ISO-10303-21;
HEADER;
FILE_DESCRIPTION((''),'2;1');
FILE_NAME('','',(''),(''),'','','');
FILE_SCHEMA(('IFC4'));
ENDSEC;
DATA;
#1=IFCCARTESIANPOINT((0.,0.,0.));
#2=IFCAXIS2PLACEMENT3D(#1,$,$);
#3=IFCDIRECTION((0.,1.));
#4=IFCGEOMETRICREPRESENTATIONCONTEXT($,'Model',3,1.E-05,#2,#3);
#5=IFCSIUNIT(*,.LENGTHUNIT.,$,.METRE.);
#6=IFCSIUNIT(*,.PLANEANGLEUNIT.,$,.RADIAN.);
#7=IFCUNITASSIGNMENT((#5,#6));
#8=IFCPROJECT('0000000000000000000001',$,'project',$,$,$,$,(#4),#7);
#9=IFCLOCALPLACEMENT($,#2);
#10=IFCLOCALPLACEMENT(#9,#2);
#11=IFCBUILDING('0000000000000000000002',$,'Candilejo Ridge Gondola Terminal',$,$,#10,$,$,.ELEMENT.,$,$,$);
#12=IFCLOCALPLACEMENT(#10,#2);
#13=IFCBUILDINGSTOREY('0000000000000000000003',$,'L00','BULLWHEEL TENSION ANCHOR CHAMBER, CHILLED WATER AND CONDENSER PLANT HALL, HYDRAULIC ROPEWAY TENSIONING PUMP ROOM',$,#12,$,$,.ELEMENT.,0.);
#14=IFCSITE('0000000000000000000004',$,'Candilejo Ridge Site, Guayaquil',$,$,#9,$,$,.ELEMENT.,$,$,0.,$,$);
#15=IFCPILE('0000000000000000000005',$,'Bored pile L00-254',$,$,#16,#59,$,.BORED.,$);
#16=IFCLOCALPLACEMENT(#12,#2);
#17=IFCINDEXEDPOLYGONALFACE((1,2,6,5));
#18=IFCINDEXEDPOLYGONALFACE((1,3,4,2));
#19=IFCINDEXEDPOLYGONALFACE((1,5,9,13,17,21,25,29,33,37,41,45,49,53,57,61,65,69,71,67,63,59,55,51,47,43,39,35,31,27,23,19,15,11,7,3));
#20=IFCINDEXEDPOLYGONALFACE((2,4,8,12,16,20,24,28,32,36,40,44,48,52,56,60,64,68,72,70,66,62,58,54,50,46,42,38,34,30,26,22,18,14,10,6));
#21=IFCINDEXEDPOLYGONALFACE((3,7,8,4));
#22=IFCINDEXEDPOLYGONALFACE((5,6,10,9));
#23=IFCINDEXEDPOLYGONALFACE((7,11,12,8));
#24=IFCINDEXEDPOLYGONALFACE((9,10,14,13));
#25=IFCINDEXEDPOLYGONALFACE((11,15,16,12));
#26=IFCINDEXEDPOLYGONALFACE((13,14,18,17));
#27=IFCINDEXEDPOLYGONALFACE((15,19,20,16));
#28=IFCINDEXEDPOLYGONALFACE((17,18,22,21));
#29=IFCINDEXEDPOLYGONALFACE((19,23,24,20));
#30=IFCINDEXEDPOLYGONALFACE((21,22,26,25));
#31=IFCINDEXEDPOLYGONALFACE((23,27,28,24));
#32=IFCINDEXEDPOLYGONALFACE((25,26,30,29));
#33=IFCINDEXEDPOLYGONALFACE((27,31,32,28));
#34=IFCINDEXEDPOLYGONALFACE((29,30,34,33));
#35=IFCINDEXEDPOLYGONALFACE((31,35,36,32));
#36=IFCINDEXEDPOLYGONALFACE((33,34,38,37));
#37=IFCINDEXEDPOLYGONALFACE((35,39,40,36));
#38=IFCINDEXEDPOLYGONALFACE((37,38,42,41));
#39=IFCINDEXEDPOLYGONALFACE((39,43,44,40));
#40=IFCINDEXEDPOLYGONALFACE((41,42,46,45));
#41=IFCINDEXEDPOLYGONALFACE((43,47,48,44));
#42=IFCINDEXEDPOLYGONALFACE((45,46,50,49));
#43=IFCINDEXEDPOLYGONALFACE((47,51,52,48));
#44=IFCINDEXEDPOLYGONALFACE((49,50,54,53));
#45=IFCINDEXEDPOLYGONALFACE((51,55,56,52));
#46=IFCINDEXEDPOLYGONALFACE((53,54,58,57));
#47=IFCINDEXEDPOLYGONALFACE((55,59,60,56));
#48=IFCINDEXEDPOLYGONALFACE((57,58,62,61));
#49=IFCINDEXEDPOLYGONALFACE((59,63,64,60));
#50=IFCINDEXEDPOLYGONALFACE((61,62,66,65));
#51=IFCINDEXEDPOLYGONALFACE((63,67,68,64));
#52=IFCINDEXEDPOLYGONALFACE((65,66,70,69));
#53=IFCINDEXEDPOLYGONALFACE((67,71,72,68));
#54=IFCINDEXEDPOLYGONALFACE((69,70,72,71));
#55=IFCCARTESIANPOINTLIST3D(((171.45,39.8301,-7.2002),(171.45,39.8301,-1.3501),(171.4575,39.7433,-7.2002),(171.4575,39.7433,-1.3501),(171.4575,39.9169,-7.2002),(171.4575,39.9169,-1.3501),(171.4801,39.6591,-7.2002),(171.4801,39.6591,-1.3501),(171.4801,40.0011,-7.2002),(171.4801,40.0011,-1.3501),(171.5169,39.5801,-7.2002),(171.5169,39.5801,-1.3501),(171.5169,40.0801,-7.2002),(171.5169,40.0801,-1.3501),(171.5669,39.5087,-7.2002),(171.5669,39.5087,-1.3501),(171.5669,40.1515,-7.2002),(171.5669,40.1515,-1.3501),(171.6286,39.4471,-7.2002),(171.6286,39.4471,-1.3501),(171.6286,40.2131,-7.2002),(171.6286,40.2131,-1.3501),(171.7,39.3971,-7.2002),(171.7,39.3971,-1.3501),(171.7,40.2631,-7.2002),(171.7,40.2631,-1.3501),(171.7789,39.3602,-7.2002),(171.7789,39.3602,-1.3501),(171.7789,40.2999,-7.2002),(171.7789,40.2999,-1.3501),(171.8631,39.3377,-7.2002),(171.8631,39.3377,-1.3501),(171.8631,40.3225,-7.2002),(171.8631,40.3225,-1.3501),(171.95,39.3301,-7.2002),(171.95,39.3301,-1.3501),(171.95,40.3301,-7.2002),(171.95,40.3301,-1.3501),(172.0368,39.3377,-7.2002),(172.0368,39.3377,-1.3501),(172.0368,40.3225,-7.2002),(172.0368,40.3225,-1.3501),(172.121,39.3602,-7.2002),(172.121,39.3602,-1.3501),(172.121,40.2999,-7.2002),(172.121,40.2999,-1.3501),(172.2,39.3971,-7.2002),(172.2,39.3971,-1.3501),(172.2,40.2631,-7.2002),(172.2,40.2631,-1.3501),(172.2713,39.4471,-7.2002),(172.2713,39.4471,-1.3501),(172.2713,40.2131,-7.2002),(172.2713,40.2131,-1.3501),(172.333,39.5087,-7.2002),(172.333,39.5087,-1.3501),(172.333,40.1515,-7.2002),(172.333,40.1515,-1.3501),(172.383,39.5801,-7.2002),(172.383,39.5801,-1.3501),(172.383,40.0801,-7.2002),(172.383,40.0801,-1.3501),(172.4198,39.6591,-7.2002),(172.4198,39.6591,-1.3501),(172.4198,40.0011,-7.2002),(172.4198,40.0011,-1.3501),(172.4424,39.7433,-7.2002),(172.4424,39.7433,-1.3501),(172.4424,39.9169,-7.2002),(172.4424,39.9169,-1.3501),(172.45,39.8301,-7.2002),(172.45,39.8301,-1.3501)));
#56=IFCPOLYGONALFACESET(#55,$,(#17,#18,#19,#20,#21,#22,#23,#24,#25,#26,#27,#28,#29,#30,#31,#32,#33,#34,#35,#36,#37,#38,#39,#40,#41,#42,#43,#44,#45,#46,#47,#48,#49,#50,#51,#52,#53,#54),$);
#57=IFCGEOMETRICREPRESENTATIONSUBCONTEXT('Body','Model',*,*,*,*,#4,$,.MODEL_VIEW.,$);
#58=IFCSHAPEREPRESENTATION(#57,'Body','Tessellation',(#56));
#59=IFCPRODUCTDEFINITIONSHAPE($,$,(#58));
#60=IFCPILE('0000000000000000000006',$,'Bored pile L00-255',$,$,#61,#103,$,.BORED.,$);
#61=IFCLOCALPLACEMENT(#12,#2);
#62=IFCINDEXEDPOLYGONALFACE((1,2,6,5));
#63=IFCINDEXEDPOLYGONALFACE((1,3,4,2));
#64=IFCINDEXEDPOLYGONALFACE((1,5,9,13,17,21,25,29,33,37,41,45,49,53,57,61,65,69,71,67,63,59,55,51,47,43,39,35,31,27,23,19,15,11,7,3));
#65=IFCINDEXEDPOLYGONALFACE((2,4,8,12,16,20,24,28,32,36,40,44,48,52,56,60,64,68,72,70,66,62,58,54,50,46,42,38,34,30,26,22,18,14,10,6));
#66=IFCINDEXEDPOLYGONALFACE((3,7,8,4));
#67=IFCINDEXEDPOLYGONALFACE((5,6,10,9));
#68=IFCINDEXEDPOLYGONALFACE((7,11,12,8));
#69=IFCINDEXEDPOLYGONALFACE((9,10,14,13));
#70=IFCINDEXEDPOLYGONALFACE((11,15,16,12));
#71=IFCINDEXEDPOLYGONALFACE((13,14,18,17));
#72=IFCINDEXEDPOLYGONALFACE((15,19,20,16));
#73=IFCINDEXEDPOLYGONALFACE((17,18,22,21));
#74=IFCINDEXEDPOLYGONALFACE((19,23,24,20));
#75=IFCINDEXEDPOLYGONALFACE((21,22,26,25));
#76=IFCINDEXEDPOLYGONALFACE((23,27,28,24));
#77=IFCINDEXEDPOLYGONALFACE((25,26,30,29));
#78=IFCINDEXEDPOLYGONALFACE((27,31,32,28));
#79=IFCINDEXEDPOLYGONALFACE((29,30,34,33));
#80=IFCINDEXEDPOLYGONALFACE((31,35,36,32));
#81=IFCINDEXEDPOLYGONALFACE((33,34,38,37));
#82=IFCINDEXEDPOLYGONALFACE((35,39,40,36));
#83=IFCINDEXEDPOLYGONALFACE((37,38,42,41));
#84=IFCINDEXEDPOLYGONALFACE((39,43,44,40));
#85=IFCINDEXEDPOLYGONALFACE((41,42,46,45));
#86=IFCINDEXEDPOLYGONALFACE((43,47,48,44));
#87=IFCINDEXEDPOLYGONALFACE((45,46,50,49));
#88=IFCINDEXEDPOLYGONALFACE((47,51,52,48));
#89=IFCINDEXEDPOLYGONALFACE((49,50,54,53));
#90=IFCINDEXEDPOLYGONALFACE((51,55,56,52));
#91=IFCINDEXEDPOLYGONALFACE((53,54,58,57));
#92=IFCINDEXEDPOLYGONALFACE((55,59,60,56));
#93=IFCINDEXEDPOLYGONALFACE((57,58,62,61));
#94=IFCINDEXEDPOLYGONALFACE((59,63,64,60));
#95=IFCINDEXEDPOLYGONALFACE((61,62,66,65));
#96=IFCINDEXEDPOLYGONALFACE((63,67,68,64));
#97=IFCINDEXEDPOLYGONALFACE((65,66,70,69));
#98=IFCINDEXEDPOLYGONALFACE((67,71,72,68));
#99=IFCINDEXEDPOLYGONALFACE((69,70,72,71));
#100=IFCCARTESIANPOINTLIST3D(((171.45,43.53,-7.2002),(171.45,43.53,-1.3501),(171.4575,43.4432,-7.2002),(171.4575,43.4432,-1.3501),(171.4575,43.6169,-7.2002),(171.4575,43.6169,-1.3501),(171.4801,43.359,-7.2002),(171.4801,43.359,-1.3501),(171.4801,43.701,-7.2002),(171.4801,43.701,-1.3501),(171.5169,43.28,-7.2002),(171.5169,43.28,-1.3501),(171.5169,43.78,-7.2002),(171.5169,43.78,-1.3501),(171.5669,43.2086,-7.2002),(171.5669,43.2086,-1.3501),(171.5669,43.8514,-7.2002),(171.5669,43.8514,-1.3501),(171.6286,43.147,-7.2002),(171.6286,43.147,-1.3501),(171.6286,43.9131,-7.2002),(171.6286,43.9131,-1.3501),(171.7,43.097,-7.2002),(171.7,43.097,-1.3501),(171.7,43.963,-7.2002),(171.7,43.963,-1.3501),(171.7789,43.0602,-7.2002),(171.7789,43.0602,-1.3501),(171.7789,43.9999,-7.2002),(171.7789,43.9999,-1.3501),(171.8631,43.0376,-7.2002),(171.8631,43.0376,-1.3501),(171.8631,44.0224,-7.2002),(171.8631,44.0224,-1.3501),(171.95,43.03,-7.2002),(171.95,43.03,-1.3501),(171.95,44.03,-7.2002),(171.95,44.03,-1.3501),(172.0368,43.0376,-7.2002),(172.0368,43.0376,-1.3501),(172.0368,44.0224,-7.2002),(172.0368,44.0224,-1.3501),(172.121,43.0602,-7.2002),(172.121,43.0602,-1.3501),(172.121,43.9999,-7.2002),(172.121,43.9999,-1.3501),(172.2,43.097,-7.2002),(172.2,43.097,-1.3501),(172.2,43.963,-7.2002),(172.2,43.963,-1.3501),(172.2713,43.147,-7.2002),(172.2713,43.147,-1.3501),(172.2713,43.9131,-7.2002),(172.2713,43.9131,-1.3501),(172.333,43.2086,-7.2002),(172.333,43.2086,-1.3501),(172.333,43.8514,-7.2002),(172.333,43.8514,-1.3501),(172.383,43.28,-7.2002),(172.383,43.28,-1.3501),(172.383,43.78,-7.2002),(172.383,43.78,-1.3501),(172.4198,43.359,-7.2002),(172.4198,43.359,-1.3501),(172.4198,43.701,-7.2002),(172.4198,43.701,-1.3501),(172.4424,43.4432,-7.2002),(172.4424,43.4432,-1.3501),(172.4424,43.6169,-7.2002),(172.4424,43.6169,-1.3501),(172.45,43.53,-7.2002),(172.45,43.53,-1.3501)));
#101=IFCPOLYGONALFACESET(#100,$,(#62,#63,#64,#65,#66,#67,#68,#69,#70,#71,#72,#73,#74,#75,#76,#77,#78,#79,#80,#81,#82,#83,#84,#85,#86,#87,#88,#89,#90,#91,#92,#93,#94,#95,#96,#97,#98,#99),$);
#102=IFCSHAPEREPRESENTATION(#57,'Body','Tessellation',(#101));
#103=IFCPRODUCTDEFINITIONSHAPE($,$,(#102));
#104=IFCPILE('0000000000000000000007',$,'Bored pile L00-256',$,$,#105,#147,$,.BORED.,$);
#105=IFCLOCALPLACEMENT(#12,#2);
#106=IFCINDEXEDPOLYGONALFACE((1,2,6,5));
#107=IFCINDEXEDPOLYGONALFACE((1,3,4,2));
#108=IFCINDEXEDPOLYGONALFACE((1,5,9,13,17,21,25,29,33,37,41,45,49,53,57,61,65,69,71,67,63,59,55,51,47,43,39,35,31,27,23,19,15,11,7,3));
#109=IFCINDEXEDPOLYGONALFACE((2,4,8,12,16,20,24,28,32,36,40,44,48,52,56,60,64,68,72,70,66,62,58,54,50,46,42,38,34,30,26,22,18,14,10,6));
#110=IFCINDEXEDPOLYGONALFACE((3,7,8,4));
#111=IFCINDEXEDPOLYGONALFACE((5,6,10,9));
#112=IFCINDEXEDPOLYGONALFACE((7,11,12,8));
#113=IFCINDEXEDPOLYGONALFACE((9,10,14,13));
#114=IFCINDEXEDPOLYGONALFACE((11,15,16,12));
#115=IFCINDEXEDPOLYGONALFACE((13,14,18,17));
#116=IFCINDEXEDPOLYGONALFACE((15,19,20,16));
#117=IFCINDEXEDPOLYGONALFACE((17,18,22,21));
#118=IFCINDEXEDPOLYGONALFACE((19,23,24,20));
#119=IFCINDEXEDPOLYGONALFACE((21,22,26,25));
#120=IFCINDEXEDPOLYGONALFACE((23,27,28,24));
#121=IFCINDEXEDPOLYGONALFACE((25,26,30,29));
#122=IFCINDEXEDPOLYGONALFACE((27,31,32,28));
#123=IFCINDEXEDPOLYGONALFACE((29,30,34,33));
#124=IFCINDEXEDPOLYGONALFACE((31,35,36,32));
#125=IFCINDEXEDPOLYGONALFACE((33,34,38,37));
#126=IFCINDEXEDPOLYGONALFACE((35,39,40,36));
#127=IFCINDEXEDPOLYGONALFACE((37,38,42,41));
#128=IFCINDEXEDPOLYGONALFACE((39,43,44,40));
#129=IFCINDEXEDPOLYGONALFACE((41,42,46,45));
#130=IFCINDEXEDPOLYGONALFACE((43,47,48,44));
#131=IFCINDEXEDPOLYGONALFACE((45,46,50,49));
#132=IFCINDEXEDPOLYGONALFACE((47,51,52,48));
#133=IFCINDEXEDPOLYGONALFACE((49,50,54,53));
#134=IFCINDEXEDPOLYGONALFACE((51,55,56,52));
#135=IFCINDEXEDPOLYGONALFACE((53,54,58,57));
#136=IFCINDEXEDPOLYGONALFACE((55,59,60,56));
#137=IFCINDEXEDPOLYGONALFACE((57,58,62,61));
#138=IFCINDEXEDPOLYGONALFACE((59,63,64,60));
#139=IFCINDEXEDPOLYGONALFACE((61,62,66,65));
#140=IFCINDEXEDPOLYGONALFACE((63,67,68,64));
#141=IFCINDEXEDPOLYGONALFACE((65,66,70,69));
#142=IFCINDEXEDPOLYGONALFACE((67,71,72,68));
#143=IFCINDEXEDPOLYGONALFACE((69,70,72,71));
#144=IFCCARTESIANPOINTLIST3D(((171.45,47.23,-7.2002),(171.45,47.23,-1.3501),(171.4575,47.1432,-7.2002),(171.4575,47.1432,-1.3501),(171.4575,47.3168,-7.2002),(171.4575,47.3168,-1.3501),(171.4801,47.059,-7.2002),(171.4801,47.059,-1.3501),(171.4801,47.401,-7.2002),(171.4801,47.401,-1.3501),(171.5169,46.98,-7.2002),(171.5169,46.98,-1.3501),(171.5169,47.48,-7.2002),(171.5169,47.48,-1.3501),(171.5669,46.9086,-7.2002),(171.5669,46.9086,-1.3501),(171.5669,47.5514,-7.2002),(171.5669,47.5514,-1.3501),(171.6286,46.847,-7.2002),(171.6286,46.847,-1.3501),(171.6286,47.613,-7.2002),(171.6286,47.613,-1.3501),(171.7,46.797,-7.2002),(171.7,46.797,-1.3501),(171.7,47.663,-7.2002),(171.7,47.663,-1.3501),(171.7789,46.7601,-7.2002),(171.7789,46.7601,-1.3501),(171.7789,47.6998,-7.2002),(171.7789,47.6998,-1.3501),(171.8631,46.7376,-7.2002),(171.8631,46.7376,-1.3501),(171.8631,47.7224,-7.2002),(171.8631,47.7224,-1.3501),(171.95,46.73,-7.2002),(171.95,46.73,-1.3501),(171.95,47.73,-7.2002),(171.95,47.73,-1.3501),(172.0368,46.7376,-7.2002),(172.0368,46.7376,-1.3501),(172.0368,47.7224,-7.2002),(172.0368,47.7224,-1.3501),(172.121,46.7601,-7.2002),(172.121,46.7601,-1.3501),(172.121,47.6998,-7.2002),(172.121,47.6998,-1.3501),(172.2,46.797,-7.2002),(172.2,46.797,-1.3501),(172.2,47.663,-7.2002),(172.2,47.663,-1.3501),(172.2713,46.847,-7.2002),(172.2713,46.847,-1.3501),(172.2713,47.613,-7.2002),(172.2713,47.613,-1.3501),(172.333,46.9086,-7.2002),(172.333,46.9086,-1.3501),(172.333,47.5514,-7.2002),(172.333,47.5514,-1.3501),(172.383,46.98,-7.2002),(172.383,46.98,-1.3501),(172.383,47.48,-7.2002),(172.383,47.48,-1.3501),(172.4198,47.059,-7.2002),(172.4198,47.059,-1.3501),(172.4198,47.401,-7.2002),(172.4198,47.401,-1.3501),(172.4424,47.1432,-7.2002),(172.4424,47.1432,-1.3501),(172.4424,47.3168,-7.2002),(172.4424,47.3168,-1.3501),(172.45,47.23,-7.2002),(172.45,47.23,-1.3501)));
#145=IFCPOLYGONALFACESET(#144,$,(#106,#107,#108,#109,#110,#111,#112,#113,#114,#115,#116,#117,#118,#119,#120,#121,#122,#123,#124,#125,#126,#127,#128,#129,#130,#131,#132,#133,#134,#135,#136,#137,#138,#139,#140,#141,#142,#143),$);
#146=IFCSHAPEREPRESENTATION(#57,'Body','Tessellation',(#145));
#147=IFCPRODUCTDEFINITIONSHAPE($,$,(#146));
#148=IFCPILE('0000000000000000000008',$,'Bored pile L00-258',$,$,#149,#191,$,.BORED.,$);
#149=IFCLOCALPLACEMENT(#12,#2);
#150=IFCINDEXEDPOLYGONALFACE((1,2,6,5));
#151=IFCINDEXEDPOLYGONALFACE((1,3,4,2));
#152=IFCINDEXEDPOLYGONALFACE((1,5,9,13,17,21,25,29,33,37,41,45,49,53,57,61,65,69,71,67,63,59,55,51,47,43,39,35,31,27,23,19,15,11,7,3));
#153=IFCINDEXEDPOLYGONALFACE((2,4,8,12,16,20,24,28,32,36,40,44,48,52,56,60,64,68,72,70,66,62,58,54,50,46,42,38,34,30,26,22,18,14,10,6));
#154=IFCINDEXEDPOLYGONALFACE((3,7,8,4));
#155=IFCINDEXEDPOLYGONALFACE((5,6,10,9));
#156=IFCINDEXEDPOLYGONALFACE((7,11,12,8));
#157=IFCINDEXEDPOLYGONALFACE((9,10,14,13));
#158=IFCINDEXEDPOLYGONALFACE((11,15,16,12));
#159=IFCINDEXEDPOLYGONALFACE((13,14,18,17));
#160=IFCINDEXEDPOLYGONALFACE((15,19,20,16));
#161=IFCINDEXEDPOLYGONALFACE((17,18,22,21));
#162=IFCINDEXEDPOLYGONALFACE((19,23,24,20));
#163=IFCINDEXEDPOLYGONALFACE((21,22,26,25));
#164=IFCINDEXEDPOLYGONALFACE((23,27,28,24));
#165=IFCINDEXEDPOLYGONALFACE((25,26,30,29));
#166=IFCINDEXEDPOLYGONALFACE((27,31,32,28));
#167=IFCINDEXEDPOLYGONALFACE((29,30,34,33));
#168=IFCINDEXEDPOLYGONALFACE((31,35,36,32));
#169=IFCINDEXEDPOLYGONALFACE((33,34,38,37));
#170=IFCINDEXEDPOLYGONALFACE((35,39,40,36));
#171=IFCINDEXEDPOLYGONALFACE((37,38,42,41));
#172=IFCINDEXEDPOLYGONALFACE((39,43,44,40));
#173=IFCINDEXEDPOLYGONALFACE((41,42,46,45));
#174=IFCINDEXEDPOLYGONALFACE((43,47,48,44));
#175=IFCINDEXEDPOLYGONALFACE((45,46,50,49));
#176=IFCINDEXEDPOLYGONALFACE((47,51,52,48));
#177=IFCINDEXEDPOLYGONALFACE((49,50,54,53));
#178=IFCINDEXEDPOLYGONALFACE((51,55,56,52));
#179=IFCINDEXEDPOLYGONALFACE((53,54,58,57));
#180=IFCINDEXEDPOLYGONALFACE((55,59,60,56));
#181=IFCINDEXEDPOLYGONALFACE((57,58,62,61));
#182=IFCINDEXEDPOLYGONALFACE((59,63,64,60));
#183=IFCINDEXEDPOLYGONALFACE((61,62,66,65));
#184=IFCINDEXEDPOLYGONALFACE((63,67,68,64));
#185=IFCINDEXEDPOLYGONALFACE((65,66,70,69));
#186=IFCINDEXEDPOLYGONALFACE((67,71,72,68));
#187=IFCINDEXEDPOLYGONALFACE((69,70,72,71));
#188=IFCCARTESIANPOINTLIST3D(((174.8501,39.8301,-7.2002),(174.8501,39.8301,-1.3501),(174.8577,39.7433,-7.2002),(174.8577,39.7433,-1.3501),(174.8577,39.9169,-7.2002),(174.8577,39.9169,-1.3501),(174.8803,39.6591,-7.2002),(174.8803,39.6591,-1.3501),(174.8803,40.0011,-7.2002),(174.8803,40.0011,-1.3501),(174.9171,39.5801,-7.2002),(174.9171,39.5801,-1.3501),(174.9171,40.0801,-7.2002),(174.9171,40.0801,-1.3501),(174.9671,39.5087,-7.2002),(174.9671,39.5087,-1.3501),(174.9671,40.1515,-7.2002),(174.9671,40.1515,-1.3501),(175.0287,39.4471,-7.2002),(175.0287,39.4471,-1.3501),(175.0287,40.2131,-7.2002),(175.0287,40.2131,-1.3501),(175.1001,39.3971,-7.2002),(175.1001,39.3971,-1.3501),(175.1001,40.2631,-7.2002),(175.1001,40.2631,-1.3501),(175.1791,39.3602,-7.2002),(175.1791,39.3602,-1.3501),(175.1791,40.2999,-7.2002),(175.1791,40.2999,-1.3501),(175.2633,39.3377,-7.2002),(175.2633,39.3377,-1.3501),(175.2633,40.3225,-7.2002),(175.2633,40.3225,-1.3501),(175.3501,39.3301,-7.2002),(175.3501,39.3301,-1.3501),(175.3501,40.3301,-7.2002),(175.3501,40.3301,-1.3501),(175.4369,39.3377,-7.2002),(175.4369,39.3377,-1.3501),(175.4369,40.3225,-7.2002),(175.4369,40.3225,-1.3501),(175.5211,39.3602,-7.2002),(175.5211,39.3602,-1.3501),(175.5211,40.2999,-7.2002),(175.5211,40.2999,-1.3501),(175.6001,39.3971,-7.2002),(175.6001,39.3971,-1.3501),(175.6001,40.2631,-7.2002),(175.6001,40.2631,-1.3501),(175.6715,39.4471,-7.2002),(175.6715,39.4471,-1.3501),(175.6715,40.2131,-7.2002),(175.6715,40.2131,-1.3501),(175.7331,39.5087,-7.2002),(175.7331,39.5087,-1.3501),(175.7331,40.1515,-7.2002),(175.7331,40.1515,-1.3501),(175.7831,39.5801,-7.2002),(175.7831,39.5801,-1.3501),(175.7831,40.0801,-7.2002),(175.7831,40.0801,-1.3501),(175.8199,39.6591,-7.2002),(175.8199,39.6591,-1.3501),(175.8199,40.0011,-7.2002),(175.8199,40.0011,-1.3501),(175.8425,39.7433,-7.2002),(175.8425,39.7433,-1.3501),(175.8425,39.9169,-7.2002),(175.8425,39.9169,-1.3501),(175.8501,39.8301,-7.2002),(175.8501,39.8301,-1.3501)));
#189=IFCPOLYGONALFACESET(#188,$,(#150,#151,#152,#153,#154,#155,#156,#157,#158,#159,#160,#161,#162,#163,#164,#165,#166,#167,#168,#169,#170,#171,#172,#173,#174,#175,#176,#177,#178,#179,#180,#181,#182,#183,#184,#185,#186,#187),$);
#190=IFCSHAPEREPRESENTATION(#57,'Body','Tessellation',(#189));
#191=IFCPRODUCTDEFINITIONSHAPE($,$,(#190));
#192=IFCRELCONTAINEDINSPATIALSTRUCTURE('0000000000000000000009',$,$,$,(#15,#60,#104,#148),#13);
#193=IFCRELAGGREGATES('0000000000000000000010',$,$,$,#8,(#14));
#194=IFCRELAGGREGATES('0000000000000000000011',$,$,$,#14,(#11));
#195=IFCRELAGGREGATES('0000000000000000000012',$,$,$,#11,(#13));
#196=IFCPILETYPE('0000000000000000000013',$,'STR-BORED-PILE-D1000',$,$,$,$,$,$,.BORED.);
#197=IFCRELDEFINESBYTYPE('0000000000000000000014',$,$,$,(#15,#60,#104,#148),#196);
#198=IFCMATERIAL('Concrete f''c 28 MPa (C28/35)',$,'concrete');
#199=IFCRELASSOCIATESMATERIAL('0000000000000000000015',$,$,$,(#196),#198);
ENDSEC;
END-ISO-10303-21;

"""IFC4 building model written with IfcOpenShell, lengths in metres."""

from ifc_helpers import new_model, si_unit, direction, frame, origin, origin_2d, place, context, subcontext, project, spatial, circle, extrude, material, material_profile, profile_set, type_object, element, save


model = new_model("IFC4")

# Units and contexts
model_context = context("Model", 3, precision=1e-05, world=origin(), true_north=direction((0.0, 1.0)))
body_context = subcontext(model_context, "Body", "Model", "MODEL_VIEW")
ifc_project = project(units=[si_unit("LENGTHUNIT", "METRE"), si_unit("PLANEANGLEUNIT", "RADIAN")], contexts=[model_context])

# Site, building, storey
site_placement = place(None, origin())
site = spatial("IfcSite", under=ifc_project, at=site_placement, Name="Candilejo Ridge Site, Guayaquil", CompositionType="ELEMENT", RefElevation=0.0)
building_placement = place(site_placement, origin())
building = spatial("IfcBuilding", under=site, at=building_placement, Name="Candilejo Ridge Gondola Terminal", CompositionType="ELEMENT")
storey_placement = place(building_placement, origin())
storey = spatial("IfcBuildingStorey", under=building, at=storey_placement, Name="L00", Description="BULLWHEEL TENSION ANCHOR CHAMBER, CHILLED WATER AND CONDENSER PLANT HALL, HYDRAULIC ROPEWAY TENSIONING PUMP ROOM", CompositionType="ELEMENT", Elevation=0.0)

# Piles
ifc_material_1 = material(Name="Concrete f'c 28 MPa (C28/35)", Category="concrete")
ifc_material_profile_1 = material_profile(ifc_material_1, circle(Radius=0.5, at=origin_2d()))
ifc_profile_set_1 = profile_set([ifc_material_profile_1], Name="Concrete f'c 28 MPa (C28/35)")
pile_type = type_object("IfcPileType", Name="STR-BORED-PILE-D1000", PredefinedType="BORED", material=ifc_profile_set_1)
for number, where, z_axis, x_axis, name in (
    (1, (171.95, 39.8301, -1.3501), (0.0, 0.0, -1.0), (1.0, 0.0, 0.0), "Bored pile L00-254"),
    (2, (171.95, 43.53, -1.3501), (0.0, 0.0, -1.0), (1.0, 0.0, 0.0), "Bored pile L00-255"),
    (3, (171.95, 47.23, -1.3501), (0.0, 0.0, -1.0), (1.0, 0.0, 0.0), "Bored pile L00-256"),
    (4, (175.3501, 39.8301, -1.3501), (0.0, 0.0, -1.0), (1.0, 0.0, 0.0), "Bored pile L00-258"),
):
    element("IfcPile", number, at=place(storey_placement, frame(where, z_axis=z_axis, x_axis=x_axis)), inside=storey, type_object=pile_type, Name=name, PredefinedType="BORED", context=body_context, shape_type="SweptSolid", body=[
        extrude(circle(Radius=0.5, at=origin_2d()), origin(), (0.0, 0.0, 1.0), 5.8501),
    ])

save(model, "model.ifc")
